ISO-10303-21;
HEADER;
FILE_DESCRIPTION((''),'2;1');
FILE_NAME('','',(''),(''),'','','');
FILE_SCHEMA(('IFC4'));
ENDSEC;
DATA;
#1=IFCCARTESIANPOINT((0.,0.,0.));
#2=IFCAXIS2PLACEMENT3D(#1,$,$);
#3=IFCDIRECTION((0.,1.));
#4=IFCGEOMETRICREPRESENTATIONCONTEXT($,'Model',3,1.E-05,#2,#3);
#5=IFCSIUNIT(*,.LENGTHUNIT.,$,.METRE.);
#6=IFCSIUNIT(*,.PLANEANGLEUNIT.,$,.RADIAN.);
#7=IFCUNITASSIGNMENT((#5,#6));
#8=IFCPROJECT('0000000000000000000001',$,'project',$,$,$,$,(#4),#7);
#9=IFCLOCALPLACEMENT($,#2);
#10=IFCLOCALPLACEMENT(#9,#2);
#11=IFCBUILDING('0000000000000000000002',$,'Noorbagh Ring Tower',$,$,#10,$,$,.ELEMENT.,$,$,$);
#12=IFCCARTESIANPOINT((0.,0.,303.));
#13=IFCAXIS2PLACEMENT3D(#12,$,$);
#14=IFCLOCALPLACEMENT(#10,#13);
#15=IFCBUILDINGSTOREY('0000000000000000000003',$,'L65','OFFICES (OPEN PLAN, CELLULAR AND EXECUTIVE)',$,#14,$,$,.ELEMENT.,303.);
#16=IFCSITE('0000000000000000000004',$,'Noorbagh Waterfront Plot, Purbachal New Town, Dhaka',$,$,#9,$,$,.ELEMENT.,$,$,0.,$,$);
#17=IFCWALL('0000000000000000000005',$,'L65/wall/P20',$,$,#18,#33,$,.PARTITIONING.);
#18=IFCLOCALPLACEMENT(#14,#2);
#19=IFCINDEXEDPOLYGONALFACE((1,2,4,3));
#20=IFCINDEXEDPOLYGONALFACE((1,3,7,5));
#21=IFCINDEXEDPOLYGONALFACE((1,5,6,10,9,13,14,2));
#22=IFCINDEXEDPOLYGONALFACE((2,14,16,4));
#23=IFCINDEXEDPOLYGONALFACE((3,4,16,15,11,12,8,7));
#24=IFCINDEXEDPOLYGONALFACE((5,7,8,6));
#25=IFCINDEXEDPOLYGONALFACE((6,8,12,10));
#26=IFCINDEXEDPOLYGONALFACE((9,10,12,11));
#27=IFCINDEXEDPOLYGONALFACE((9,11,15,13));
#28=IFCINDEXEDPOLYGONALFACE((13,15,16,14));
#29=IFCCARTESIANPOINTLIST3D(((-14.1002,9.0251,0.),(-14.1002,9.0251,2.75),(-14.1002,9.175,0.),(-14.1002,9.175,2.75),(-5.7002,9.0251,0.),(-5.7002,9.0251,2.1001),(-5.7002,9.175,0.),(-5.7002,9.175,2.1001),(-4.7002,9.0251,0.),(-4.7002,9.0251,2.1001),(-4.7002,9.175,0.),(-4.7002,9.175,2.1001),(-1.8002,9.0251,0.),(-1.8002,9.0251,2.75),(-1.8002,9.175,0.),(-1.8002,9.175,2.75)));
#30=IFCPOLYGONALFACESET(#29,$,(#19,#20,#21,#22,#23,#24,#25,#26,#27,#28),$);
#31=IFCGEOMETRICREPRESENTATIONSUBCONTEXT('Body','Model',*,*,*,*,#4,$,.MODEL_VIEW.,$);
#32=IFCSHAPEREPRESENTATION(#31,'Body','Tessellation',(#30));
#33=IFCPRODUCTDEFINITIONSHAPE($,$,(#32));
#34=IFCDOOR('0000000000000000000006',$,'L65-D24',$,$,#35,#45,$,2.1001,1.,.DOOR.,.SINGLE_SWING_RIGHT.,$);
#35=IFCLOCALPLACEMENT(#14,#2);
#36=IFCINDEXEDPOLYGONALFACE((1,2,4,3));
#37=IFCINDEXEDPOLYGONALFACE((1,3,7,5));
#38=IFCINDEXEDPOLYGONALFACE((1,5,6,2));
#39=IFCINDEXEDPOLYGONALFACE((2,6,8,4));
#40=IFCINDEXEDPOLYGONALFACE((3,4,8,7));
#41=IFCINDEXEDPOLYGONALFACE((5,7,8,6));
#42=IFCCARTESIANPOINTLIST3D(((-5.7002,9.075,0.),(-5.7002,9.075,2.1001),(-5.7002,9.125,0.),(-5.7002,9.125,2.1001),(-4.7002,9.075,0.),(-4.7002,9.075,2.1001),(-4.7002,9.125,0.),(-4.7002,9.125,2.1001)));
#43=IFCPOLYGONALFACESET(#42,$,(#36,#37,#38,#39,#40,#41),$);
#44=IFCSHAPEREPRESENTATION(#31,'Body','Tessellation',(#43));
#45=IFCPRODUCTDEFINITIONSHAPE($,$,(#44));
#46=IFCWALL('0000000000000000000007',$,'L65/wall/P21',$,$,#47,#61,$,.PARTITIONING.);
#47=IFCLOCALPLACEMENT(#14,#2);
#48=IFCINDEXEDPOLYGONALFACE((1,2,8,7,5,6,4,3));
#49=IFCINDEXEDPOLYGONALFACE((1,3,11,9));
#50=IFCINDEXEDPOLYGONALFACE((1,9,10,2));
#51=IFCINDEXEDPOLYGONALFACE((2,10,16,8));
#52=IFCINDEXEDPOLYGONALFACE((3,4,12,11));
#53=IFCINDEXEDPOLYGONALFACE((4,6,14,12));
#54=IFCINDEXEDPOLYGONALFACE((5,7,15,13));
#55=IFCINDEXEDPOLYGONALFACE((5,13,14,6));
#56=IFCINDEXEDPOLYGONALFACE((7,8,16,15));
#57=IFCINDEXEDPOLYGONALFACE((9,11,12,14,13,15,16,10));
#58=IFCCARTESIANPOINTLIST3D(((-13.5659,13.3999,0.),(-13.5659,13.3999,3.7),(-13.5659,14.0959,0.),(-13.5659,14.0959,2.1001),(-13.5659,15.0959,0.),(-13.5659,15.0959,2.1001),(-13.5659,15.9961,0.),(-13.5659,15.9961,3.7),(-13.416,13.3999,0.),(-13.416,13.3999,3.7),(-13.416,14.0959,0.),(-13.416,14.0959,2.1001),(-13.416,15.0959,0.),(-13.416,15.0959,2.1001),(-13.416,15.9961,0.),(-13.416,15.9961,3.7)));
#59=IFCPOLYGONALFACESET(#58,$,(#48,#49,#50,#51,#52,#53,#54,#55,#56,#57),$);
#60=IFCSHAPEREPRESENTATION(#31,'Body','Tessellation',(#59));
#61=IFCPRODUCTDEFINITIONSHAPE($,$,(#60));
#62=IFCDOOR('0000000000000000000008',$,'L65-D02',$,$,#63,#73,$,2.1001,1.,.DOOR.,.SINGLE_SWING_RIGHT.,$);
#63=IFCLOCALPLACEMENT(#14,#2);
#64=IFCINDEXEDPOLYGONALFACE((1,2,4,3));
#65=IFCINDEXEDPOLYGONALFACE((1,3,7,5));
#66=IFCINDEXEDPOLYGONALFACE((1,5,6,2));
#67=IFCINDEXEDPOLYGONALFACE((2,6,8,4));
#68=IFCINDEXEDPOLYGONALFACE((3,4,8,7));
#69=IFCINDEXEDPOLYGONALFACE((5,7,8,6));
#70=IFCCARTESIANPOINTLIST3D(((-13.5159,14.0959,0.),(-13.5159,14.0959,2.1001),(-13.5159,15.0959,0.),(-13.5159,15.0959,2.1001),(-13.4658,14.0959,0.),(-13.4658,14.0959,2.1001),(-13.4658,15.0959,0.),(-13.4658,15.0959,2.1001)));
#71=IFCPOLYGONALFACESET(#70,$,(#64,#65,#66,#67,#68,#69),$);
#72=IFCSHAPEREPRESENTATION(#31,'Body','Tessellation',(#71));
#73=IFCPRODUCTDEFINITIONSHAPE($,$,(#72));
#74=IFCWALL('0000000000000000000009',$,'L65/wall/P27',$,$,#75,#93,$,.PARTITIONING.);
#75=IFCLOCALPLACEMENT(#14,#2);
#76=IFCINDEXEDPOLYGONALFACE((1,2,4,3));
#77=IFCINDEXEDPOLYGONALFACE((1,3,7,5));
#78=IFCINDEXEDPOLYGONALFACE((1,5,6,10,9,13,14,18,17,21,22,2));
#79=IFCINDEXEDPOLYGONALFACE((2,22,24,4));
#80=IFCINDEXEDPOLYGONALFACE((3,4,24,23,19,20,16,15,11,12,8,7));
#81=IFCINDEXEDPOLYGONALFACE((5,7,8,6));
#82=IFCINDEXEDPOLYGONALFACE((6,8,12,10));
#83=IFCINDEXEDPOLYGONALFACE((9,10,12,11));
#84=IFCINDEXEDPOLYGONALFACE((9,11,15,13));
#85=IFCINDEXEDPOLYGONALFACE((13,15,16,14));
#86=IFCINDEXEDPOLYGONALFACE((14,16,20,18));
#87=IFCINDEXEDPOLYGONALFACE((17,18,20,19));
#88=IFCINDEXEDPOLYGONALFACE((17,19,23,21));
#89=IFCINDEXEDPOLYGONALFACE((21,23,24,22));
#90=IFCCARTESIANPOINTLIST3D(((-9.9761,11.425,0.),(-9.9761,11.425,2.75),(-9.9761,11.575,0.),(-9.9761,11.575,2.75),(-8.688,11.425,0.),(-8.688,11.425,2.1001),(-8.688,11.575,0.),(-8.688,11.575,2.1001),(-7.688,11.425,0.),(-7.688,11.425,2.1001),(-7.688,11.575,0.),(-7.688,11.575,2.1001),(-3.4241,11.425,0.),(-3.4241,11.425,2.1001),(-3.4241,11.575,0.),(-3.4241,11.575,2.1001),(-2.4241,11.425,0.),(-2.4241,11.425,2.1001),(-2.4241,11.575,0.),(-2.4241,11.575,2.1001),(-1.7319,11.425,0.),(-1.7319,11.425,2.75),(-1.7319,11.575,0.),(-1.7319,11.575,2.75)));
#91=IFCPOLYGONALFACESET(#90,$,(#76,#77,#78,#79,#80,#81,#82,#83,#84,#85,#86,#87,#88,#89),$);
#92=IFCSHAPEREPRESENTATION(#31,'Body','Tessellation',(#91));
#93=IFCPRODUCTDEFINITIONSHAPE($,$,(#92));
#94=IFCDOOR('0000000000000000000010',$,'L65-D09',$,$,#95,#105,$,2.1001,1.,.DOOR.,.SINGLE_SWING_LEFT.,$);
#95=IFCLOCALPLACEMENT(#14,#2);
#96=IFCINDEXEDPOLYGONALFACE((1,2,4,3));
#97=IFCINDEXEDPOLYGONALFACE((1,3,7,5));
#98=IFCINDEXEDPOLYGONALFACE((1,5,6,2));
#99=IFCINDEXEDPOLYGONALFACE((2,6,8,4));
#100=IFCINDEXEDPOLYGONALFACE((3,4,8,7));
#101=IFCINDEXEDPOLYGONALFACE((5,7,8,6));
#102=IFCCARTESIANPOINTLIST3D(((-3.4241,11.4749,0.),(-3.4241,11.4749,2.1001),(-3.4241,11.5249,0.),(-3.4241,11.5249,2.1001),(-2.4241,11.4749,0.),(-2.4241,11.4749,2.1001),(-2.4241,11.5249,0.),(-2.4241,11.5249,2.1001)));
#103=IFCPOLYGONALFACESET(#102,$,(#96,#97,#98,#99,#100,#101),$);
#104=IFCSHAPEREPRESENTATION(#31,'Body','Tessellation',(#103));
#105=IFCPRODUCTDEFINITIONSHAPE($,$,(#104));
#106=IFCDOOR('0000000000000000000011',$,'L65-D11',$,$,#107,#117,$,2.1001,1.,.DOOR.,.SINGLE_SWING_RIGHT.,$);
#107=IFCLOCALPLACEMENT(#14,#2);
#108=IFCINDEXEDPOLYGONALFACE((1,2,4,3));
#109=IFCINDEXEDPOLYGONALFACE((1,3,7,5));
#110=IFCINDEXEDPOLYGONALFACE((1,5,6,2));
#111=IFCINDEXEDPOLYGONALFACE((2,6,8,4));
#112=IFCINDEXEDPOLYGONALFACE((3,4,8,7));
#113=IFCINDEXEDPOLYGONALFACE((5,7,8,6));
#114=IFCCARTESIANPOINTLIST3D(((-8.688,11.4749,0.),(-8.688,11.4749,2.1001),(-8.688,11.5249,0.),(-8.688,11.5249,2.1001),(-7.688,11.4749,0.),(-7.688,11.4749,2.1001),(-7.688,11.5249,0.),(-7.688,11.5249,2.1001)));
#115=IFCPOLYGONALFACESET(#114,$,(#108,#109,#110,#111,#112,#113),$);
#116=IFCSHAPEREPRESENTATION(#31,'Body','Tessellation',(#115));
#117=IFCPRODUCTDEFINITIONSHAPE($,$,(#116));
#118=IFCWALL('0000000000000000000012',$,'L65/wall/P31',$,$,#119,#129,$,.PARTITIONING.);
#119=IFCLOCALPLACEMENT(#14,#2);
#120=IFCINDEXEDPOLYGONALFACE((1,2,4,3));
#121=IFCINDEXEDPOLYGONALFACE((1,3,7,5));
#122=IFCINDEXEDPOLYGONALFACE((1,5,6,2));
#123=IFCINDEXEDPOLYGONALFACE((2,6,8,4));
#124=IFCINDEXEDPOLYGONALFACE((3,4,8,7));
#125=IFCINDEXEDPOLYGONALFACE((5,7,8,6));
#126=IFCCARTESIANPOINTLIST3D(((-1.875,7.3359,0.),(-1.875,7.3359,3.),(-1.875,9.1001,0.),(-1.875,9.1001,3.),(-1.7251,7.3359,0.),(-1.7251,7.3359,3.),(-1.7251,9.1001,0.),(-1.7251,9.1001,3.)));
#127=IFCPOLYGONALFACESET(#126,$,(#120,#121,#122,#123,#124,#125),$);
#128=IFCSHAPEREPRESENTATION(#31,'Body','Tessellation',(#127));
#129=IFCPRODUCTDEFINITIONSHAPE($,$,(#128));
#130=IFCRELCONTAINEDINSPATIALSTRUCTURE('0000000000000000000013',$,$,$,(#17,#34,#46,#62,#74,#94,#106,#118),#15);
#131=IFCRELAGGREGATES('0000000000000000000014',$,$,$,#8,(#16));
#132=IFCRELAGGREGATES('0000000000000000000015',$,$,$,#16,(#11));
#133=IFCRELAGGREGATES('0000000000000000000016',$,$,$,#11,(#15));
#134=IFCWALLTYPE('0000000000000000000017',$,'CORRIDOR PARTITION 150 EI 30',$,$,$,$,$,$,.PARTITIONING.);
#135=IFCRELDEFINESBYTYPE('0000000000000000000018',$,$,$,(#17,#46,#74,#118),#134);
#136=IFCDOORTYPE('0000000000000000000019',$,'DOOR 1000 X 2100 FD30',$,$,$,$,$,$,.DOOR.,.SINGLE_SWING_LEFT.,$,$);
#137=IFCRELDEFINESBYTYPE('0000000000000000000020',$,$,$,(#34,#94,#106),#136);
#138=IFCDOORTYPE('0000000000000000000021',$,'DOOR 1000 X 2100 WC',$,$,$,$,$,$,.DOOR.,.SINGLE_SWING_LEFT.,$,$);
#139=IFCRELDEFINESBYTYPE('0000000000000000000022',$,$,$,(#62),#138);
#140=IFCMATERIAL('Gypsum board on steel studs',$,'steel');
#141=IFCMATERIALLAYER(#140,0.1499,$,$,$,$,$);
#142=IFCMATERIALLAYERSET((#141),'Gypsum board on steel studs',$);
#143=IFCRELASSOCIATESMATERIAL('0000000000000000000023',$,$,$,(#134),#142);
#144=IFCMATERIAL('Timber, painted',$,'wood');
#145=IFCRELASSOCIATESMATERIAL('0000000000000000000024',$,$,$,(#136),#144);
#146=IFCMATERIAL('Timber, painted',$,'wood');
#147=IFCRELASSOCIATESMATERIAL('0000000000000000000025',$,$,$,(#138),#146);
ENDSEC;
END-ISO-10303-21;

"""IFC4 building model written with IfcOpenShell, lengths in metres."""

from ifc_helpers import new_model, si_unit, direction, frame, frame_2d, origin, place, context, subcontext, project, spatial, rectangle, extrude, material, layer, layer_set, type_object, element, fill, save


model = new_model("IFC4")

# Units and contexts
model_context = context("Model", 3, precision=1e-05, world=origin(), true_north=direction((0.0, 1.0)))
body_context = subcontext(model_context, "Body", "Model", "MODEL_VIEW")
ifc_project = project(units=[si_unit("LENGTHUNIT", "METRE"), si_unit("PLANEANGLEUNIT", "RADIAN")], contexts=[model_context])

# Site, building, storey
site_placement = place(None, origin())
site = spatial("IfcSite", under=ifc_project, at=site_placement, Name="Noorbagh Waterfront Plot, Purbachal New Town, Dhaka", CompositionType="ELEMENT", RefElevation=0.0)
building_placement = place(site_placement, origin())
building = spatial("IfcBuilding", under=site, at=building_placement, Name="Noorbagh Ring Tower", CompositionType="ELEMENT")
storey_placement = place(building_placement, frame((0.0, 0.0, 303.0)))
storey = spatial("IfcBuildingStorey", under=building, at=storey_placement, Name="L65", Description="OFFICES (OPEN PLAN, CELLULAR AND EXECUTIVE)", CompositionType="ELEMENT", Elevation=303.0)

# Walls, openings, doors
ifc_material_1 = material(Name="Gypsum board on steel studs", Category="steel")
ifc_layer_1 = layer(ifc_material_1, 0.1499)
ifc_layer_set_1 = layer_set([ifc_layer_1], Name="Gypsum board on steel studs")
wall_type_1 = type_object("IfcWallType", Name="CORRIDOR PARTITION 150 EI 30", PredefinedType="PARTITIONING", material=ifc_layer_set_1)
wall_1_placement = place(storey_placement, frame((-14.1001, 9.1001, 0.0), z_axis=(0.0, 0.0, 1.0), x_axis=(1.0, 0.0, 0.0)))
wall_1 = element("IfcWall", 1, at=wall_1_placement, inside=storey, type_object=wall_type_1, Name="L65/wall/P20", PredefinedType="PARTITIONING", context=body_context, shape_type="SweptSolid", body=[
    extrude(rectangle(XDim=12.3, YDim=0.1499, at=frame_2d((6.1499, 0.0))), origin(), (0.0, 0.0, 1.0), 2.75),
])
opening_1_placement = place(wall_1_placement, frame((8.3999, 0.0, 0.0)))
opening_1 = element("IfcOpeningElement", 2, at=opening_1_placement, cuts=wall_1, PredefinedType="OPENING", context=body_context, shape_type="SweptSolid", body=[
    extrude(rectangle(XDim=1.0, YDim=2.1001, at=frame_2d((0.5, 1.05))), frame((0.0, 0.085, 0.0), z_axis=(0.0, -1.0, 0.0), x_axis=(1.0, 0.0, 0.0)), (0.0, 0.0, 1.0), 0.1699),
])
ifc_material_2 = material(Name="Timber, painted", Category="wood")
door_type_1 = type_object("IfcDoorType", Name="DOOR 1000 X 2100 FD30", OperationType="SINGLE_SWING_LEFT", PredefinedType="DOOR", material=ifc_material_2)
door_1_placement = place(opening_1_placement, origin())
door_1 = element("IfcDoor", 3, at=door_1_placement, inside=storey, type_object=door_type_1, Name="L65-D24", OperationType="SINGLE_SWING_RIGHT", OverallHeight=2.1001, OverallWidth=1.0, PredefinedType="DOOR", context=body_context, shape_type="SweptSolid", body=[
    extrude(rectangle(XDim=1.0, YDim=2.1001, at=frame_2d((0.5, 1.05))), frame((0.0, 0.0249, 0.0), z_axis=(0.0, -1.0, 0.0), x_axis=(1.0, 0.0, 0.0)), (0.0, 0.0, 1.0), 0.05),
])
fill(opening_1, door_1)
wall_2_placement = place(storey_placement, frame((-13.491, 13.3999, 0.0), z_axis=(0.0, 0.0, 1.0), x_axis=(0.0, 1.0, 0.0)))
wall_2 = element("IfcWall", 4, at=wall_2_placement, inside=storey, type_object=wall_type_1, Name="L65/wall/P21", PredefinedType="PARTITIONING", context=body_context, shape_type="SweptSolid", body=[
    extrude(rectangle(XDim=2.5962, YDim=0.1499, at=frame_2d((1.2981, 0.0))), origin(), (0.0, 0.0, 1.0), 3.7),
])
opening_2_placement = place(wall_2_placement, frame((0.696, 0.0, 0.0)))
opening_2 = element("IfcOpeningElement", 5, at=opening_2_placement, cuts=wall_2, PredefinedType="OPENING", context=body_context, shape_type="SweptSolid", body=[
    extrude(rectangle(XDim=1.0, YDim=2.1001, at=frame_2d((0.5, 1.05))), frame((0.0, 0.085, 0.0), z_axis=(0.0, -1.0, 0.0), x_axis=(1.0, 0.0, 0.0)), (0.0, 0.0, 1.0), 0.1699),
])
ifc_material_3 = material(Name="Timber, painted", Category="wood")
door_type_2 = type_object("IfcDoorType", Name="DOOR 1000 X 2100 WC", OperationType="SINGLE_SWING_LEFT", PredefinedType="DOOR", material=ifc_material_3)
door_2_placement = place(opening_2_placement, origin())
door_2 = element("IfcDoor", 6, at=door_2_placement, inside=storey, type_object=door_type_2, Name="L65-D02", OperationType="SINGLE_SWING_RIGHT", OverallHeight=2.1001, OverallWidth=1.0, PredefinedType="DOOR", context=body_context, shape_type="SweptSolid", body=[
    extrude(rectangle(XDim=1.0, YDim=2.1001, at=frame_2d((0.5, 1.05))), frame((0.0, 0.0249, 0.0), z_axis=(0.0, -1.0, 0.0), x_axis=(1.0, 0.0, 0.0)), (0.0, 0.0, 1.0), 0.05),
])
fill(opening_2, door_2)

# Wall, openings, doors
wall_3_placement = place(storey_placement, frame((-9.9761, 11.5, 0.0), z_axis=(0.0, 0.0, 1.0), x_axis=(1.0, 0.0, 0.0)))
wall_3 = element("IfcWall", 7, at=wall_3_placement, inside=storey, type_object=wall_type_1, Name="L65/wall/P27", PredefinedType="PARTITIONING", context=body_context, shape_type="SweptSolid", body=[
    extrude(rectangle(XDim=8.2441, YDim=0.1499, at=frame_2d((4.1221, 0.0))), origin(), (0.0, 0.0, 1.0), 2.75),
])
opening_3_placement = place(wall_3_placement, frame((6.552, 0.0, 0.0)))
opening_3 = element("IfcOpeningElement", 8, at=opening_3_placement, cuts=wall_3, PredefinedType="OPENING", context=body_context, shape_type="SweptSolid", body=[
    extrude(rectangle(XDim=1.0, YDim=2.1001, at=frame_2d((0.5, 1.05))), frame((0.0, 0.085, 0.0), z_axis=(0.0, -1.0, 0.0), x_axis=(1.0, 0.0, 0.0)), (0.0, 0.0, 1.0), 0.1699),
])
opening_4_placement = place(wall_3_placement, frame((1.2881, 0.0, 0.0)))
opening_4 = element("IfcOpeningElement", 9, at=opening_4_placement, cuts=wall_3, PredefinedType="OPENING", context=body_context, shape_type="SweptSolid", body=[
    extrude(rectangle(XDim=1.0, YDim=2.1001, at=frame_2d((0.5, 1.05))), frame((0.0, 0.085, 0.0), z_axis=(0.0, -1.0, 0.0), x_axis=(1.0, 0.0, 0.0)), (0.0, 0.0, 1.0), 0.1699),
])
door_3_placement = place(opening_3_placement, origin())
door_3 = element("IfcDoor", 10, at=door_3_placement, inside=storey, type_object=door_type_1, Name="L65-D09", OperationType="SINGLE_SWING_LEFT", OverallHeight=2.1001, OverallWidth=1.0, PredefinedType="DOOR", context=body_context, shape_type="SweptSolid", body=[
    extrude(rectangle(XDim=1.0, YDim=2.1001, at=frame_2d((0.5, 1.05))), frame((0.0, 0.0249, 0.0), z_axis=(0.0, -1.0, 0.0), x_axis=(1.0, 0.0, 0.0)), (0.0, 0.0, 1.0), 0.05),
])
fill(opening_3, door_3)
door_4_placement = place(opening_4_placement, origin())
door_4 = element("IfcDoor", 11, at=door_4_placement, inside=storey, type_object=door_type_1, Name="L65-D11", OperationType="SINGLE_SWING_RIGHT", OverallHeight=2.1001, OverallWidth=1.0, PredefinedType="DOOR", context=body_context, shape_type="SweptSolid", body=[
    extrude(rectangle(XDim=1.0, YDim=2.1001, at=frame_2d((0.5, 1.05))), frame((0.0, 0.0249, 0.0), z_axis=(0.0, -1.0, 0.0), x_axis=(1.0, 0.0, 0.0)), (0.0, 0.0, 1.0), 0.05),
])
fill(opening_4, door_4)

# Wall
wall_4_placement = place(storey_placement, frame((-1.8, 7.3359, 0.0), z_axis=(0.0, 0.0, 1.0), x_axis=(0.0, 1.0, 0.0)))
element("IfcWall", 12, at=wall_4_placement, inside=storey, type_object=wall_type_1, Name="L65/wall/P31", PredefinedType="PARTITIONING", context=body_context, shape_type="SweptSolid", body=[
    extrude(rectangle(XDim=1.7642, YDim=0.1499, at=frame_2d((0.8821, 0.0))), origin(), (0.0, 0.0, 1.0), 3.0),
])

save(model, "model.ifc")
